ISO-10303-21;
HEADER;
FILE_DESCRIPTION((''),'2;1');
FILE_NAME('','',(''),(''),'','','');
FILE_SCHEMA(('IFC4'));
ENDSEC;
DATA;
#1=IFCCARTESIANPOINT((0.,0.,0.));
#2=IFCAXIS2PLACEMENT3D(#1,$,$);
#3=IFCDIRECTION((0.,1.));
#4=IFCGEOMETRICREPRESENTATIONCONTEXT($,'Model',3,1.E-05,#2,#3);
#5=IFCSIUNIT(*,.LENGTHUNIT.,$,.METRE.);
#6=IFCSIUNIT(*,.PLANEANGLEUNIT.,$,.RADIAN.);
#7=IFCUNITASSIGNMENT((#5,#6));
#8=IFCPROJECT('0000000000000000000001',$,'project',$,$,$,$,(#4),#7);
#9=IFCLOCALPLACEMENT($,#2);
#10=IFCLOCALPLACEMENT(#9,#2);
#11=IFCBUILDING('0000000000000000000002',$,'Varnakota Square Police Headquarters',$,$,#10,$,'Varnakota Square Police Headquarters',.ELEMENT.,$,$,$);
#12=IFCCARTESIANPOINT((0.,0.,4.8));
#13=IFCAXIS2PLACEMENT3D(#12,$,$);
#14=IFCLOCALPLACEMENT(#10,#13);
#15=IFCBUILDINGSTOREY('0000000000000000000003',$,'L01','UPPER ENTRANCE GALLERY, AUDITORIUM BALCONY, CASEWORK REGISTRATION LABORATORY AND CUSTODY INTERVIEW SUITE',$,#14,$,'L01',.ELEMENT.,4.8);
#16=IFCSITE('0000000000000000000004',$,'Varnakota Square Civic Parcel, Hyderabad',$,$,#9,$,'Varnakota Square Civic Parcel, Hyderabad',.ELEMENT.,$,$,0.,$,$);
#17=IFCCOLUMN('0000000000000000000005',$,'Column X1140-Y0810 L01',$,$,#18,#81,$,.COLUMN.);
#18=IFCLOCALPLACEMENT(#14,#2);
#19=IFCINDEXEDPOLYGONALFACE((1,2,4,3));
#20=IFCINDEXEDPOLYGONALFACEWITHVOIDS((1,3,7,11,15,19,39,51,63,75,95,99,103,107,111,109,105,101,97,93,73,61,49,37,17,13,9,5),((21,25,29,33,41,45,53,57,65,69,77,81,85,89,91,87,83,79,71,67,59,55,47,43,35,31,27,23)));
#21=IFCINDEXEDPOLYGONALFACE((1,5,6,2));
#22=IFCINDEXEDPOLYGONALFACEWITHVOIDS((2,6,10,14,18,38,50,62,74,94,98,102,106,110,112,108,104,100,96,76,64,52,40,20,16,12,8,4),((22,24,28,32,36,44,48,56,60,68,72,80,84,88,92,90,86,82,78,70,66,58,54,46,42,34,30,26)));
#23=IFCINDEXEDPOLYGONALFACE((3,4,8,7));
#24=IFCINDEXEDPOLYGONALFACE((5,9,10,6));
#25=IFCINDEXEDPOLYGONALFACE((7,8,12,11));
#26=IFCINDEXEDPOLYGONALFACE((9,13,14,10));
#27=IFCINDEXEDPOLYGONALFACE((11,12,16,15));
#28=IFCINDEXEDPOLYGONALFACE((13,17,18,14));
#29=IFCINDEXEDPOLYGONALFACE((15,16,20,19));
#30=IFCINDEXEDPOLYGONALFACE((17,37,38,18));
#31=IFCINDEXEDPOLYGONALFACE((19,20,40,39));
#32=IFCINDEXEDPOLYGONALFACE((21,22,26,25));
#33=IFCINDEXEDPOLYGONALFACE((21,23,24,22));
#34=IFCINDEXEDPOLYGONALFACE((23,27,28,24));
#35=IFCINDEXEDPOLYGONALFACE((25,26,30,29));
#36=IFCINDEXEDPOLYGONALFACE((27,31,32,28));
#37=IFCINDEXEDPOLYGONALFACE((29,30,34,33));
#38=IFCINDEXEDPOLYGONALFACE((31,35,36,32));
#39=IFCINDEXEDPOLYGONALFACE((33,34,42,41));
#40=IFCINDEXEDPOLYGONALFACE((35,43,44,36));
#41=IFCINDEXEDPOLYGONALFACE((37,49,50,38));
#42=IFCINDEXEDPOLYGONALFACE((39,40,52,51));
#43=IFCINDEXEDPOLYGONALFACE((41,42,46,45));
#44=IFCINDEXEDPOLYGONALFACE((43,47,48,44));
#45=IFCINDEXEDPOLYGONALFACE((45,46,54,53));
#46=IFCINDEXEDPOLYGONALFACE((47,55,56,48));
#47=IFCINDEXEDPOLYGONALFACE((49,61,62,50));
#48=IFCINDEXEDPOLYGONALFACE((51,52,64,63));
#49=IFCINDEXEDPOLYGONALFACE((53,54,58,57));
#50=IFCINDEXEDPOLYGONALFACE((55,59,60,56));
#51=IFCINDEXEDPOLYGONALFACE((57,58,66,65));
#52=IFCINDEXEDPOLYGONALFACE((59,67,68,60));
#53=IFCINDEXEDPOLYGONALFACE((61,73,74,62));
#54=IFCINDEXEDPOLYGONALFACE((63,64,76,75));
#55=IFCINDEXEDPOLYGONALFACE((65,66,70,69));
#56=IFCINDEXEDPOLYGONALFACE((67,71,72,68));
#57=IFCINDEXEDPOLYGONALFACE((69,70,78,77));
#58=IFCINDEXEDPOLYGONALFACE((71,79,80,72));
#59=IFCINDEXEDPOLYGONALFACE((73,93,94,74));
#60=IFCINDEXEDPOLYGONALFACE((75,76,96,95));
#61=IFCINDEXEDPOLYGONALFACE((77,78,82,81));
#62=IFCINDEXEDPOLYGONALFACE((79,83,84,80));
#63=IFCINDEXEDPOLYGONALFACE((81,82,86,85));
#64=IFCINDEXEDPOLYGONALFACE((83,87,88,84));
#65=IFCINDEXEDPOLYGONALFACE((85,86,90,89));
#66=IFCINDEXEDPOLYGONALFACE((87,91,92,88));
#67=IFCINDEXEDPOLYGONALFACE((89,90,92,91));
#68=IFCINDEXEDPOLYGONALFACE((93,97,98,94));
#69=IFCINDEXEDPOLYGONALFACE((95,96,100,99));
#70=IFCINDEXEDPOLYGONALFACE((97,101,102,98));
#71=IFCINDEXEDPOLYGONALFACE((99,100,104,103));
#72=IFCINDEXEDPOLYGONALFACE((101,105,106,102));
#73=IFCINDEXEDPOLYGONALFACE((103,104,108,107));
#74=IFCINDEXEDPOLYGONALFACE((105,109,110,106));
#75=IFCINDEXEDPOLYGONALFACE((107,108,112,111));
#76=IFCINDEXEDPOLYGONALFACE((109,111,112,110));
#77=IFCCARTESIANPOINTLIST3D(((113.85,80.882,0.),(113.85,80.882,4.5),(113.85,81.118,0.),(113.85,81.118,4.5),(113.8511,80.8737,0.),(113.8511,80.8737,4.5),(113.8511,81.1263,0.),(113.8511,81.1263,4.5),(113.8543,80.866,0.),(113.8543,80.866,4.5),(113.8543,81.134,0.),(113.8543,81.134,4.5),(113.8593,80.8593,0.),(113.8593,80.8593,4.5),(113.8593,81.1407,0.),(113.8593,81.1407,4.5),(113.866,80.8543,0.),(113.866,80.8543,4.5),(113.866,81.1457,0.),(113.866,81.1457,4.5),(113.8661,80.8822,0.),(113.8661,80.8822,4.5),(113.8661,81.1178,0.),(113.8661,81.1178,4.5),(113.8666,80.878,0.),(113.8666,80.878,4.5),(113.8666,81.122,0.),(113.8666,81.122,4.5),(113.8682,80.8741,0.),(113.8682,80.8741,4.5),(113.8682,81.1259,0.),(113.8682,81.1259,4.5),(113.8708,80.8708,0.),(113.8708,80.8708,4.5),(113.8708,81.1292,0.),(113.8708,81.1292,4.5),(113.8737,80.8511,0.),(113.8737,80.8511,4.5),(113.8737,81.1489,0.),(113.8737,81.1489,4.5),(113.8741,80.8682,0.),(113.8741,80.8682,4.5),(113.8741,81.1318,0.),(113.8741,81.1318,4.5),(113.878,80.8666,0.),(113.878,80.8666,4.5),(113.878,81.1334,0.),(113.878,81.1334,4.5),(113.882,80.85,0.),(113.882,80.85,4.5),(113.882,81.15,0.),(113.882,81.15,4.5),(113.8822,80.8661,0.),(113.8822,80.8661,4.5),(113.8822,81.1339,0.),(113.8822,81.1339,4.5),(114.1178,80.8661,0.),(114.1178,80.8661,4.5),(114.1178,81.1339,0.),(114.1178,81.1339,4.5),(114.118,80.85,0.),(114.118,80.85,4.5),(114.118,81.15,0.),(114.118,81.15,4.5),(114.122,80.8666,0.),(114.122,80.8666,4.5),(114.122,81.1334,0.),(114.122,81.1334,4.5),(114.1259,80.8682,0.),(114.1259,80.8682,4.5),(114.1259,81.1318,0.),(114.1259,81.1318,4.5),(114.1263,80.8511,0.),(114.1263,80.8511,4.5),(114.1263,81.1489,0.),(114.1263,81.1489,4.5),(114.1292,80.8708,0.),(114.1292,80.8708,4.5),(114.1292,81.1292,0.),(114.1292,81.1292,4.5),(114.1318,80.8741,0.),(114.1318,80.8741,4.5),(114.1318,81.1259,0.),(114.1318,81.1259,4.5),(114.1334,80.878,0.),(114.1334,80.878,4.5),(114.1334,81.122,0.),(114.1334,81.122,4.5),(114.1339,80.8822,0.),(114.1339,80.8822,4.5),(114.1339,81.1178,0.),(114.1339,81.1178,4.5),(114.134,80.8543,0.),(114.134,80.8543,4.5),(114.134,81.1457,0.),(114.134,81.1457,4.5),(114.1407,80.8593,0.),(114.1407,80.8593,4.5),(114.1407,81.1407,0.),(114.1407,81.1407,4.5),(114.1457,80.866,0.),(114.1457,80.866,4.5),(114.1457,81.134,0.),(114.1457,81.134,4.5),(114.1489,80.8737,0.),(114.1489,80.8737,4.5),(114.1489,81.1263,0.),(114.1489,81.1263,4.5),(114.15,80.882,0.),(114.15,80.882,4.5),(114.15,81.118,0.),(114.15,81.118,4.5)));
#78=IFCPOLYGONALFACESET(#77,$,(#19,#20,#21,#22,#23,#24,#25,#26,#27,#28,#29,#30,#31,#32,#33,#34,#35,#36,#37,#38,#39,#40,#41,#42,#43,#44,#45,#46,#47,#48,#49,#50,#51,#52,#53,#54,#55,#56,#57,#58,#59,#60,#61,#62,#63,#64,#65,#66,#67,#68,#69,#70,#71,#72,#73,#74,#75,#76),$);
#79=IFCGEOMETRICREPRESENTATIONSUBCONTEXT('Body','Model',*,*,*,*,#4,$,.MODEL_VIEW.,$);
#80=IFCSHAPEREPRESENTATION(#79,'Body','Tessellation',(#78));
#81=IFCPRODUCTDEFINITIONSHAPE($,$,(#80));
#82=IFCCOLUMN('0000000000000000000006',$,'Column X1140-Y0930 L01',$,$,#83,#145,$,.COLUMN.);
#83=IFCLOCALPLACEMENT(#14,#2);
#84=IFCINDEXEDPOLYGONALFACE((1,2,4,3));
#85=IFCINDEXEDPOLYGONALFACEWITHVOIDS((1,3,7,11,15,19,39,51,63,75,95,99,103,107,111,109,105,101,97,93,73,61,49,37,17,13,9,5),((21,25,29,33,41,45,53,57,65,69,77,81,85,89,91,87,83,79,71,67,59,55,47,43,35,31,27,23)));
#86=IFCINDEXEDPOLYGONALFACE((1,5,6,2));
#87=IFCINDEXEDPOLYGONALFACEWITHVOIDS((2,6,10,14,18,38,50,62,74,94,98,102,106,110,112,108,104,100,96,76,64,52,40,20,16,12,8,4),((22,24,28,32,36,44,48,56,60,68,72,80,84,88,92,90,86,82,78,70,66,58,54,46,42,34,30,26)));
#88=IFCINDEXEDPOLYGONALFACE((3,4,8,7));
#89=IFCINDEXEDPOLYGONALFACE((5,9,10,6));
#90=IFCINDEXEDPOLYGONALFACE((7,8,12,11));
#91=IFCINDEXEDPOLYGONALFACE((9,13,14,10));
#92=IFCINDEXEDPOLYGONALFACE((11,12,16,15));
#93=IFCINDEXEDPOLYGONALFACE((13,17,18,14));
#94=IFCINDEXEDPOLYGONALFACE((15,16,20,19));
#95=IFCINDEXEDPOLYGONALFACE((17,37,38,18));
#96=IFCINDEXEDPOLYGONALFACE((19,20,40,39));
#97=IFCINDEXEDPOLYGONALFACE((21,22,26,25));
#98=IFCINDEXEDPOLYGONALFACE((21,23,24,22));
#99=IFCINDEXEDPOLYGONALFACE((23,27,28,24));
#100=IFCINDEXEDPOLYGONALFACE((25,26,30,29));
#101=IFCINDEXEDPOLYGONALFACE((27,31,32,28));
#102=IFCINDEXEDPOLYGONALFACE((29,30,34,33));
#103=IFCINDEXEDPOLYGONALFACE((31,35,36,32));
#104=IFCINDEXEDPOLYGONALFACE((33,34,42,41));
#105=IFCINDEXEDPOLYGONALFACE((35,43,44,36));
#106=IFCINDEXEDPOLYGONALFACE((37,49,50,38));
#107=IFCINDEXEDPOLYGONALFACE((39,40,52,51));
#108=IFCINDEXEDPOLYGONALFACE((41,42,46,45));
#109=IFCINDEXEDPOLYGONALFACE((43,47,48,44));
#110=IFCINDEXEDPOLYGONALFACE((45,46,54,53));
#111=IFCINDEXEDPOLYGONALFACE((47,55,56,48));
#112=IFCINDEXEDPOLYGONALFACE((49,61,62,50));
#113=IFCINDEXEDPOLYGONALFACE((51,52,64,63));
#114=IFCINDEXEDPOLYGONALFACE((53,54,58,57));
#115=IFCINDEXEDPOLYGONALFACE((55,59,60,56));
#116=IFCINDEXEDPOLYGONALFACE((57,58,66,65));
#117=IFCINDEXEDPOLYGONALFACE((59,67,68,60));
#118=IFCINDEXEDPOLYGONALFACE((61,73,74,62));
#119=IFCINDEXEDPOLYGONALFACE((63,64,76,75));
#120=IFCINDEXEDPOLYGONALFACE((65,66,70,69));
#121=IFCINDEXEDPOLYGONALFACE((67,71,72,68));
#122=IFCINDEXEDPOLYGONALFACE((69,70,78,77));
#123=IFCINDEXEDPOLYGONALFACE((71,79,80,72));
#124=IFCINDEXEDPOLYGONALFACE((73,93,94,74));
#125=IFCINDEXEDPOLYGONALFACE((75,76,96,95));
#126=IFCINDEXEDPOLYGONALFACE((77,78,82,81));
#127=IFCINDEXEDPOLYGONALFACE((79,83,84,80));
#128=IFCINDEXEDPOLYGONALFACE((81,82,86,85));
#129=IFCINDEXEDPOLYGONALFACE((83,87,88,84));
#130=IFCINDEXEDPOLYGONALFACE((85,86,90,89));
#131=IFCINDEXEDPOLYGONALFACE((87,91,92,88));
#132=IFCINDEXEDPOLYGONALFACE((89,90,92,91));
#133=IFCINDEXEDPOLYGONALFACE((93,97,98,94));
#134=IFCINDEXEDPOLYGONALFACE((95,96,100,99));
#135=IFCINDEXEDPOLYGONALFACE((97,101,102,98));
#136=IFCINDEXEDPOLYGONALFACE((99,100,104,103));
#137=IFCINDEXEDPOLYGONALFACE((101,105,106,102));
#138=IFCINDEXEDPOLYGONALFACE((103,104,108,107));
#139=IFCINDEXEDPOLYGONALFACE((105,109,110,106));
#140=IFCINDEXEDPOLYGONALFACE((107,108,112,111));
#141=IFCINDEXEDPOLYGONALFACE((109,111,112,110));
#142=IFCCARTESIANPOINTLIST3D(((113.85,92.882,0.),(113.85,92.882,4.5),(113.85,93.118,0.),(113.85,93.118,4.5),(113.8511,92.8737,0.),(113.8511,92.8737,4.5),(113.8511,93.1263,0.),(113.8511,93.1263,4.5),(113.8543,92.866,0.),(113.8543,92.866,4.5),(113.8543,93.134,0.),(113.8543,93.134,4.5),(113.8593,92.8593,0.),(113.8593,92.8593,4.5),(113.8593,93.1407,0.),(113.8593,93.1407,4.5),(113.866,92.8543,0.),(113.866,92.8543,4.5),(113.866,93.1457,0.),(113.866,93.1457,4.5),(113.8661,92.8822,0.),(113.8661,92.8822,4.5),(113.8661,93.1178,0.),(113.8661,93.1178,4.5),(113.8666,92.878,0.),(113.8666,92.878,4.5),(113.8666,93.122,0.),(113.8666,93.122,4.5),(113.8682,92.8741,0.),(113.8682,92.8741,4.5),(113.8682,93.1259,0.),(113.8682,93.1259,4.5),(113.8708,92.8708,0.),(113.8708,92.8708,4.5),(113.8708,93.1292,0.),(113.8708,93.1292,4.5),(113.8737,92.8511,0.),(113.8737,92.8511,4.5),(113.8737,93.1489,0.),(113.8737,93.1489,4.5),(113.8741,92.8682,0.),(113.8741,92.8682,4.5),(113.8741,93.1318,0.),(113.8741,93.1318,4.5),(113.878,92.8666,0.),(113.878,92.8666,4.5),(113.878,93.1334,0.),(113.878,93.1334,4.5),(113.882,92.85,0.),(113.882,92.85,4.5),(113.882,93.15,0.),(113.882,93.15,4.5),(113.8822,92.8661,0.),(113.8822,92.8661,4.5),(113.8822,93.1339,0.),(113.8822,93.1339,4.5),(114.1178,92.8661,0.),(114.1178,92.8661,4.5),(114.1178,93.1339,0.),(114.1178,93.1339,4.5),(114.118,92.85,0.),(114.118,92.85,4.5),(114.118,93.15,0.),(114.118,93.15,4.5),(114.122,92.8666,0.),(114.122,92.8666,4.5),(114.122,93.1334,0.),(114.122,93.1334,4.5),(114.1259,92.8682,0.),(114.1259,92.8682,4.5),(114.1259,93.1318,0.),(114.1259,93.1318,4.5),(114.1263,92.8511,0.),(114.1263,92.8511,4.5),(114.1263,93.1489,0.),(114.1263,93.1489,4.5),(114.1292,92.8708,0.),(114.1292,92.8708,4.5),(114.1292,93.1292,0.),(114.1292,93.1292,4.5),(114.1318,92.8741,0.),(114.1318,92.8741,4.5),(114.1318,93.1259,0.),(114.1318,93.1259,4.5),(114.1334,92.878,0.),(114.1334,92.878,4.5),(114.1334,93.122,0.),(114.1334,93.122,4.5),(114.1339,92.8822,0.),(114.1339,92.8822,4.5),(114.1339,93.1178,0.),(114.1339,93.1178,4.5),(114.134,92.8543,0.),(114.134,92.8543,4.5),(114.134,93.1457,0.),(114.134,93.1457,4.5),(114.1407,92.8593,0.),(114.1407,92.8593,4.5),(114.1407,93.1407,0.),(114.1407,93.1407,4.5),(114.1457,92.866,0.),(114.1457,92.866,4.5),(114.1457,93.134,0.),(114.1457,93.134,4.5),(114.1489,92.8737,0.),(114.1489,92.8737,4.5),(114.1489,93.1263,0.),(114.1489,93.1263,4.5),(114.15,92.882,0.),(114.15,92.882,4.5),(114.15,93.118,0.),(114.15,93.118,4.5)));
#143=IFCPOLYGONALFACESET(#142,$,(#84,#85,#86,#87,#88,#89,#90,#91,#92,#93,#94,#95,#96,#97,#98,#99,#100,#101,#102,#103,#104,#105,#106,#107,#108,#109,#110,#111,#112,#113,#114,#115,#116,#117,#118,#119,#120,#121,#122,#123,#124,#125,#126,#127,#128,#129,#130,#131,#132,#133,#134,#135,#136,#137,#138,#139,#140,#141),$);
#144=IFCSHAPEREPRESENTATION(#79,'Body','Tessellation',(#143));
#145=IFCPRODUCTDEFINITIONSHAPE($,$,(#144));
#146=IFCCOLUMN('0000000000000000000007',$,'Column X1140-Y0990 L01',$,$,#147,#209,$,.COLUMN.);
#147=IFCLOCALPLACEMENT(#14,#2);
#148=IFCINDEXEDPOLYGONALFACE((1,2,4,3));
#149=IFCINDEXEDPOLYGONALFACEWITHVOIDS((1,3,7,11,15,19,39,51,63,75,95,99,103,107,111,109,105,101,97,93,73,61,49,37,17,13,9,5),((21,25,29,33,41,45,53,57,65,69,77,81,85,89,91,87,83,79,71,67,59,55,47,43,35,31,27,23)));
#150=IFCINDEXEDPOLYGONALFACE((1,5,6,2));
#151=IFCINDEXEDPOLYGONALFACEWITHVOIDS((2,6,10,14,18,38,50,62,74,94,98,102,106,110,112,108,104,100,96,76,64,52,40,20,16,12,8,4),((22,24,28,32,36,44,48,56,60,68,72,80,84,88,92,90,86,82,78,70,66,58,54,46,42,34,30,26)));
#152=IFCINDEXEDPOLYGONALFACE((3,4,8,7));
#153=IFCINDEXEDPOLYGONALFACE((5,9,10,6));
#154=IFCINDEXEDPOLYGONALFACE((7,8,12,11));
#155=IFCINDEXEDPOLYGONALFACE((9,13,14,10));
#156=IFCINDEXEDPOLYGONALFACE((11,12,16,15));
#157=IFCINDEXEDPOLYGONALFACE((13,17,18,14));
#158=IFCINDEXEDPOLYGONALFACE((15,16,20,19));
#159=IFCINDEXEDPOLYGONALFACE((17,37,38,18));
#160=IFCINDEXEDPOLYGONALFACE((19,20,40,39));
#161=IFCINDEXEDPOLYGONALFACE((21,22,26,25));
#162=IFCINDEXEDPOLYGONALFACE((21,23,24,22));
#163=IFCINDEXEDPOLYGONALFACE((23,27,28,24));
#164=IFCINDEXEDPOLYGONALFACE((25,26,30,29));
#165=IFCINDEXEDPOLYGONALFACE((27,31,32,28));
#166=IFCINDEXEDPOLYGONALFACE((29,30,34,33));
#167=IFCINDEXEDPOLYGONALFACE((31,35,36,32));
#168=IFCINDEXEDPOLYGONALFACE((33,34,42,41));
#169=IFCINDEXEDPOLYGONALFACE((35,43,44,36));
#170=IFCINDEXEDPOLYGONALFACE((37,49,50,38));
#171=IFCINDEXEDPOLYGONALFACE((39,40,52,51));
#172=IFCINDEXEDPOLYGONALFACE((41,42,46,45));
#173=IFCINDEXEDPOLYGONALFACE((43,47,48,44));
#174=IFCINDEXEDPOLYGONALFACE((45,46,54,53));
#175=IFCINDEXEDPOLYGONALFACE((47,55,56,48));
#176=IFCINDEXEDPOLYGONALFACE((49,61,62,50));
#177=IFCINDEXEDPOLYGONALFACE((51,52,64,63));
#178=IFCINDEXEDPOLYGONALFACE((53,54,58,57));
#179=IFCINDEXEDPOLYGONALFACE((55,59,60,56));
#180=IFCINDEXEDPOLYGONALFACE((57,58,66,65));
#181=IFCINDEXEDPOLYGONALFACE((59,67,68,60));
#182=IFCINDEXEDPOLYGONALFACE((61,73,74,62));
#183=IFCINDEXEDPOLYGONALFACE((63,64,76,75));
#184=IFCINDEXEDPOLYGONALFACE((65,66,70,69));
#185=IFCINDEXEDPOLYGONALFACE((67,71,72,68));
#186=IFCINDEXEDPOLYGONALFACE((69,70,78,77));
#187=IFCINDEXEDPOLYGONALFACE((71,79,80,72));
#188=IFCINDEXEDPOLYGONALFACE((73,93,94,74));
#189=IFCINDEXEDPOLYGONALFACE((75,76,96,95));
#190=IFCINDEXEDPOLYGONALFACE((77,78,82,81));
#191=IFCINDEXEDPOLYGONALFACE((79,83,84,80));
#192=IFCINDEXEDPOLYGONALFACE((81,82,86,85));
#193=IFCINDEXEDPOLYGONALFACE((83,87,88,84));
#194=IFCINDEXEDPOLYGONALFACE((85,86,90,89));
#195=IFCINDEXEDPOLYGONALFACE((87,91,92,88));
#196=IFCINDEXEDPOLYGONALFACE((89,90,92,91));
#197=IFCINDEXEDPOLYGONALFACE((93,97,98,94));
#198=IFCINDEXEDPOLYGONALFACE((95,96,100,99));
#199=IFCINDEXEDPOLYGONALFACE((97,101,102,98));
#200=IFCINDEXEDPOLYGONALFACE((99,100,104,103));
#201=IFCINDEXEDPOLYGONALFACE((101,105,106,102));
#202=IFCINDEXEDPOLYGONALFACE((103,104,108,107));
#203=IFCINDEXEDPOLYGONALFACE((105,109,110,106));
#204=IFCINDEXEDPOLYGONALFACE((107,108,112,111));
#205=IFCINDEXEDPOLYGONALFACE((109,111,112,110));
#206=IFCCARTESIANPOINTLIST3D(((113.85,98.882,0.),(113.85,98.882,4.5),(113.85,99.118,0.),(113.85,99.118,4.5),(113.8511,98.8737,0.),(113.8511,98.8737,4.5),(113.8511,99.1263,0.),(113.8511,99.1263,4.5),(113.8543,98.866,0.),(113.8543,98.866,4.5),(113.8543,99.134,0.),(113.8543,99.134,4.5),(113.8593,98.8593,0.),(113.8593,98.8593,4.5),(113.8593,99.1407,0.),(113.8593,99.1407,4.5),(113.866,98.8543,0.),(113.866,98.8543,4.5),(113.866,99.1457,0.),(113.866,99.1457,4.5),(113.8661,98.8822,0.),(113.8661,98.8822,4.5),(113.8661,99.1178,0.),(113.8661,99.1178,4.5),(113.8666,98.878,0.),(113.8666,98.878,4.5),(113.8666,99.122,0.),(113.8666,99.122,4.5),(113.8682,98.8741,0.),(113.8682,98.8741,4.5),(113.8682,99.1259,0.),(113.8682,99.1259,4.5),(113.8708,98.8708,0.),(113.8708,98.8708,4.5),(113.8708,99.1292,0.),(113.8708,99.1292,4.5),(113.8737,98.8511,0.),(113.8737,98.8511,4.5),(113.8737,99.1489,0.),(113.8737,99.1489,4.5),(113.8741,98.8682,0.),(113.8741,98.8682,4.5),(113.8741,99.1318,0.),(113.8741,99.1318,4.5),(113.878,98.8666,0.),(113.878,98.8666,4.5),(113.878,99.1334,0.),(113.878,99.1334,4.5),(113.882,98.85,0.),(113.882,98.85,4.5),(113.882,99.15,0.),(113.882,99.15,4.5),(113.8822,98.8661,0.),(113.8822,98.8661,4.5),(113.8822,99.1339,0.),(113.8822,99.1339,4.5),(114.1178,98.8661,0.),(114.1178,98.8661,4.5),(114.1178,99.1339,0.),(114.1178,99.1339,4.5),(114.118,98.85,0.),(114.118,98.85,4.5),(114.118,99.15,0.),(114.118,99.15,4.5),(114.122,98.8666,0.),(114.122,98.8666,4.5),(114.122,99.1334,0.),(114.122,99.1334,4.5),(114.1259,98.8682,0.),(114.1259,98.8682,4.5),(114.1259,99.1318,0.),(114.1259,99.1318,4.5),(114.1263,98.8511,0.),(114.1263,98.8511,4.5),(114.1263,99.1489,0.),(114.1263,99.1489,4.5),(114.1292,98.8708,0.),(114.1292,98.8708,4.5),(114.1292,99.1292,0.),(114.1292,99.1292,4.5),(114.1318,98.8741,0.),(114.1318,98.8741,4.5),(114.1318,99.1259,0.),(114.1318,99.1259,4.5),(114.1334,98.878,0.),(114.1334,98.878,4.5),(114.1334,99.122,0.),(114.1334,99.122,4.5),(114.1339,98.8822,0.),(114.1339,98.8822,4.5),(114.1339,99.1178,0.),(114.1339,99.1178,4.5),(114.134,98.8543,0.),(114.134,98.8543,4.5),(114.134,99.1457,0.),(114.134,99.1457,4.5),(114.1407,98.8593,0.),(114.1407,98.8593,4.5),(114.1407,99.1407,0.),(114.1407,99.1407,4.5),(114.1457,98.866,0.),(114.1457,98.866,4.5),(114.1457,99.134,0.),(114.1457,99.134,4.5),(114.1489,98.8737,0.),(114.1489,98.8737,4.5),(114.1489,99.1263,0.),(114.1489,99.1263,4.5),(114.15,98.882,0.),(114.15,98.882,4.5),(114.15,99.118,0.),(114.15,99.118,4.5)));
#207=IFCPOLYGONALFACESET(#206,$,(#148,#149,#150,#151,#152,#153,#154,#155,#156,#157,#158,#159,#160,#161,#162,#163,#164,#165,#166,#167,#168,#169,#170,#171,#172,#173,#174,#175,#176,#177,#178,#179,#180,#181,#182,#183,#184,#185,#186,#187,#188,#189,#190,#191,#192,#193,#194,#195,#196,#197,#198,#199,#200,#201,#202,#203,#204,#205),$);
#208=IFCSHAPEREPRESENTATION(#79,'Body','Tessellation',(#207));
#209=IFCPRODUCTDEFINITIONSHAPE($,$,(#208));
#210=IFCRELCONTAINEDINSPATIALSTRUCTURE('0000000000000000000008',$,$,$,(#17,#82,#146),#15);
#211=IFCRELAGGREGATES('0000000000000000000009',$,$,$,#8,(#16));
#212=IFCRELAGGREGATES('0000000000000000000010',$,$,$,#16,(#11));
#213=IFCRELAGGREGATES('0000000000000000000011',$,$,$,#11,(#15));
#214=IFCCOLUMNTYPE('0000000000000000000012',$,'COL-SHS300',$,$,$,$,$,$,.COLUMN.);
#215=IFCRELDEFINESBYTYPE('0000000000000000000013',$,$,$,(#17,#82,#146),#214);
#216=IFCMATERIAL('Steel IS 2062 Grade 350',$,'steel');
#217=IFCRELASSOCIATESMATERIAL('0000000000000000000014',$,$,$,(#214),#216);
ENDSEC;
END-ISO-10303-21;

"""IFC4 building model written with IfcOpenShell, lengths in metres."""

from ifc_helpers import new_model, si_unit, direction, frame, origin, origin_2d, place, context, subcontext, project, spatial, hollow_rectangle, extrude, material, material_profile, profile_set, type_object, element, save


model = new_model("IFC4")

# Units and contexts
model_context = context("Model", 3, precision=1e-05, world=origin(), true_north=direction((0.0, 1.0)))
body_context = subcontext(model_context, "Body", "Model", "MODEL_VIEW")
ifc_project = project(units=[si_unit("LENGTHUNIT", "METRE"), si_unit("PLANEANGLEUNIT", "RADIAN")], contexts=[model_context])

# Site, building, storey
site_placement = place(None, origin())
site = spatial("IfcSite", under=ifc_project, at=site_placement, Name="Varnakota Square Civic Parcel, Hyderabad", LongName="Varnakota Square Civic Parcel, Hyderabad", CompositionType="ELEMENT", RefElevation=0.0)
building_placement = place(site_placement, origin())
building = spatial("IfcBuilding", under=site, at=building_placement, Name="Varnakota Square Police Headquarters", LongName="Varnakota Square Police Headquarters", CompositionType="ELEMENT")
storey_placement = place(building_placement, frame((0.0, 0.0, 4.8)))
storey = spatial("IfcBuildingStorey", under=building, at=storey_placement, Name="L01", Description="UPPER ENTRANCE GALLERY, AUDITORIUM BALCONY, CASEWORK REGISTRATION LABORATORY AND CUSTODY INTERVIEW SUITE", LongName="L01", CompositionType="ELEMENT", Elevation=4.8)

# Columns
ifc_material_1 = material(Name="Steel IS 2062 Grade 350", Category="steel")
ifc_material_profile_1 = material_profile(ifc_material_1, hollow_rectangle(XDim=0.3, YDim=0.3, WallThickness=0.0161, InnerFilletRadius=0.0161, OuterFilletRadius=0.032, at=origin_2d()), Name="SHS 300x300x16")
ifc_profile_set_1 = profile_set([ifc_material_profile_1], Name="Steel IS 2062 Grade 350")
column_type_1 = type_object("IfcColumnType", Name="COL-SHS300", PredefinedType="COLUMN", material=ifc_profile_set_1)
for number, where, z_axis, x_axis, name in (
    (1, (114.0, 81.0, 0.0), (0.0, 0.0, 1.0), (1.0, 0.0, 0.0), "Column X1140-Y0810 L01"),
    (2, (114.0, 93.0, 0.0), (0.0, 0.0, 1.0), (1.0, 0.0, 0.0), "Column X1140-Y0930 L01"),
    (3, (114.0, 99.0, 0.0), (0.0, 0.0, 1.0), (1.0, 0.0, 0.0), "Column X1140-Y0990 L01"),
):
    element("IfcColumn", number, at=place(storey_placement, frame(where, z_axis=z_axis, x_axis=x_axis)), inside=storey, type_object=column_type_1, Name=name, PredefinedType="COLUMN", context=body_context, shape_type="SweptSolid", body=[
        extrude(hollow_rectangle(XDim=0.3, YDim=0.3, WallThickness=0.0161, InnerFilletRadius=0.0161, OuterFilletRadius=0.032, at=origin_2d()), origin(), (0.0, 0.0, 1.0), 4.5),
    ])

save(model, "model.ifc")
